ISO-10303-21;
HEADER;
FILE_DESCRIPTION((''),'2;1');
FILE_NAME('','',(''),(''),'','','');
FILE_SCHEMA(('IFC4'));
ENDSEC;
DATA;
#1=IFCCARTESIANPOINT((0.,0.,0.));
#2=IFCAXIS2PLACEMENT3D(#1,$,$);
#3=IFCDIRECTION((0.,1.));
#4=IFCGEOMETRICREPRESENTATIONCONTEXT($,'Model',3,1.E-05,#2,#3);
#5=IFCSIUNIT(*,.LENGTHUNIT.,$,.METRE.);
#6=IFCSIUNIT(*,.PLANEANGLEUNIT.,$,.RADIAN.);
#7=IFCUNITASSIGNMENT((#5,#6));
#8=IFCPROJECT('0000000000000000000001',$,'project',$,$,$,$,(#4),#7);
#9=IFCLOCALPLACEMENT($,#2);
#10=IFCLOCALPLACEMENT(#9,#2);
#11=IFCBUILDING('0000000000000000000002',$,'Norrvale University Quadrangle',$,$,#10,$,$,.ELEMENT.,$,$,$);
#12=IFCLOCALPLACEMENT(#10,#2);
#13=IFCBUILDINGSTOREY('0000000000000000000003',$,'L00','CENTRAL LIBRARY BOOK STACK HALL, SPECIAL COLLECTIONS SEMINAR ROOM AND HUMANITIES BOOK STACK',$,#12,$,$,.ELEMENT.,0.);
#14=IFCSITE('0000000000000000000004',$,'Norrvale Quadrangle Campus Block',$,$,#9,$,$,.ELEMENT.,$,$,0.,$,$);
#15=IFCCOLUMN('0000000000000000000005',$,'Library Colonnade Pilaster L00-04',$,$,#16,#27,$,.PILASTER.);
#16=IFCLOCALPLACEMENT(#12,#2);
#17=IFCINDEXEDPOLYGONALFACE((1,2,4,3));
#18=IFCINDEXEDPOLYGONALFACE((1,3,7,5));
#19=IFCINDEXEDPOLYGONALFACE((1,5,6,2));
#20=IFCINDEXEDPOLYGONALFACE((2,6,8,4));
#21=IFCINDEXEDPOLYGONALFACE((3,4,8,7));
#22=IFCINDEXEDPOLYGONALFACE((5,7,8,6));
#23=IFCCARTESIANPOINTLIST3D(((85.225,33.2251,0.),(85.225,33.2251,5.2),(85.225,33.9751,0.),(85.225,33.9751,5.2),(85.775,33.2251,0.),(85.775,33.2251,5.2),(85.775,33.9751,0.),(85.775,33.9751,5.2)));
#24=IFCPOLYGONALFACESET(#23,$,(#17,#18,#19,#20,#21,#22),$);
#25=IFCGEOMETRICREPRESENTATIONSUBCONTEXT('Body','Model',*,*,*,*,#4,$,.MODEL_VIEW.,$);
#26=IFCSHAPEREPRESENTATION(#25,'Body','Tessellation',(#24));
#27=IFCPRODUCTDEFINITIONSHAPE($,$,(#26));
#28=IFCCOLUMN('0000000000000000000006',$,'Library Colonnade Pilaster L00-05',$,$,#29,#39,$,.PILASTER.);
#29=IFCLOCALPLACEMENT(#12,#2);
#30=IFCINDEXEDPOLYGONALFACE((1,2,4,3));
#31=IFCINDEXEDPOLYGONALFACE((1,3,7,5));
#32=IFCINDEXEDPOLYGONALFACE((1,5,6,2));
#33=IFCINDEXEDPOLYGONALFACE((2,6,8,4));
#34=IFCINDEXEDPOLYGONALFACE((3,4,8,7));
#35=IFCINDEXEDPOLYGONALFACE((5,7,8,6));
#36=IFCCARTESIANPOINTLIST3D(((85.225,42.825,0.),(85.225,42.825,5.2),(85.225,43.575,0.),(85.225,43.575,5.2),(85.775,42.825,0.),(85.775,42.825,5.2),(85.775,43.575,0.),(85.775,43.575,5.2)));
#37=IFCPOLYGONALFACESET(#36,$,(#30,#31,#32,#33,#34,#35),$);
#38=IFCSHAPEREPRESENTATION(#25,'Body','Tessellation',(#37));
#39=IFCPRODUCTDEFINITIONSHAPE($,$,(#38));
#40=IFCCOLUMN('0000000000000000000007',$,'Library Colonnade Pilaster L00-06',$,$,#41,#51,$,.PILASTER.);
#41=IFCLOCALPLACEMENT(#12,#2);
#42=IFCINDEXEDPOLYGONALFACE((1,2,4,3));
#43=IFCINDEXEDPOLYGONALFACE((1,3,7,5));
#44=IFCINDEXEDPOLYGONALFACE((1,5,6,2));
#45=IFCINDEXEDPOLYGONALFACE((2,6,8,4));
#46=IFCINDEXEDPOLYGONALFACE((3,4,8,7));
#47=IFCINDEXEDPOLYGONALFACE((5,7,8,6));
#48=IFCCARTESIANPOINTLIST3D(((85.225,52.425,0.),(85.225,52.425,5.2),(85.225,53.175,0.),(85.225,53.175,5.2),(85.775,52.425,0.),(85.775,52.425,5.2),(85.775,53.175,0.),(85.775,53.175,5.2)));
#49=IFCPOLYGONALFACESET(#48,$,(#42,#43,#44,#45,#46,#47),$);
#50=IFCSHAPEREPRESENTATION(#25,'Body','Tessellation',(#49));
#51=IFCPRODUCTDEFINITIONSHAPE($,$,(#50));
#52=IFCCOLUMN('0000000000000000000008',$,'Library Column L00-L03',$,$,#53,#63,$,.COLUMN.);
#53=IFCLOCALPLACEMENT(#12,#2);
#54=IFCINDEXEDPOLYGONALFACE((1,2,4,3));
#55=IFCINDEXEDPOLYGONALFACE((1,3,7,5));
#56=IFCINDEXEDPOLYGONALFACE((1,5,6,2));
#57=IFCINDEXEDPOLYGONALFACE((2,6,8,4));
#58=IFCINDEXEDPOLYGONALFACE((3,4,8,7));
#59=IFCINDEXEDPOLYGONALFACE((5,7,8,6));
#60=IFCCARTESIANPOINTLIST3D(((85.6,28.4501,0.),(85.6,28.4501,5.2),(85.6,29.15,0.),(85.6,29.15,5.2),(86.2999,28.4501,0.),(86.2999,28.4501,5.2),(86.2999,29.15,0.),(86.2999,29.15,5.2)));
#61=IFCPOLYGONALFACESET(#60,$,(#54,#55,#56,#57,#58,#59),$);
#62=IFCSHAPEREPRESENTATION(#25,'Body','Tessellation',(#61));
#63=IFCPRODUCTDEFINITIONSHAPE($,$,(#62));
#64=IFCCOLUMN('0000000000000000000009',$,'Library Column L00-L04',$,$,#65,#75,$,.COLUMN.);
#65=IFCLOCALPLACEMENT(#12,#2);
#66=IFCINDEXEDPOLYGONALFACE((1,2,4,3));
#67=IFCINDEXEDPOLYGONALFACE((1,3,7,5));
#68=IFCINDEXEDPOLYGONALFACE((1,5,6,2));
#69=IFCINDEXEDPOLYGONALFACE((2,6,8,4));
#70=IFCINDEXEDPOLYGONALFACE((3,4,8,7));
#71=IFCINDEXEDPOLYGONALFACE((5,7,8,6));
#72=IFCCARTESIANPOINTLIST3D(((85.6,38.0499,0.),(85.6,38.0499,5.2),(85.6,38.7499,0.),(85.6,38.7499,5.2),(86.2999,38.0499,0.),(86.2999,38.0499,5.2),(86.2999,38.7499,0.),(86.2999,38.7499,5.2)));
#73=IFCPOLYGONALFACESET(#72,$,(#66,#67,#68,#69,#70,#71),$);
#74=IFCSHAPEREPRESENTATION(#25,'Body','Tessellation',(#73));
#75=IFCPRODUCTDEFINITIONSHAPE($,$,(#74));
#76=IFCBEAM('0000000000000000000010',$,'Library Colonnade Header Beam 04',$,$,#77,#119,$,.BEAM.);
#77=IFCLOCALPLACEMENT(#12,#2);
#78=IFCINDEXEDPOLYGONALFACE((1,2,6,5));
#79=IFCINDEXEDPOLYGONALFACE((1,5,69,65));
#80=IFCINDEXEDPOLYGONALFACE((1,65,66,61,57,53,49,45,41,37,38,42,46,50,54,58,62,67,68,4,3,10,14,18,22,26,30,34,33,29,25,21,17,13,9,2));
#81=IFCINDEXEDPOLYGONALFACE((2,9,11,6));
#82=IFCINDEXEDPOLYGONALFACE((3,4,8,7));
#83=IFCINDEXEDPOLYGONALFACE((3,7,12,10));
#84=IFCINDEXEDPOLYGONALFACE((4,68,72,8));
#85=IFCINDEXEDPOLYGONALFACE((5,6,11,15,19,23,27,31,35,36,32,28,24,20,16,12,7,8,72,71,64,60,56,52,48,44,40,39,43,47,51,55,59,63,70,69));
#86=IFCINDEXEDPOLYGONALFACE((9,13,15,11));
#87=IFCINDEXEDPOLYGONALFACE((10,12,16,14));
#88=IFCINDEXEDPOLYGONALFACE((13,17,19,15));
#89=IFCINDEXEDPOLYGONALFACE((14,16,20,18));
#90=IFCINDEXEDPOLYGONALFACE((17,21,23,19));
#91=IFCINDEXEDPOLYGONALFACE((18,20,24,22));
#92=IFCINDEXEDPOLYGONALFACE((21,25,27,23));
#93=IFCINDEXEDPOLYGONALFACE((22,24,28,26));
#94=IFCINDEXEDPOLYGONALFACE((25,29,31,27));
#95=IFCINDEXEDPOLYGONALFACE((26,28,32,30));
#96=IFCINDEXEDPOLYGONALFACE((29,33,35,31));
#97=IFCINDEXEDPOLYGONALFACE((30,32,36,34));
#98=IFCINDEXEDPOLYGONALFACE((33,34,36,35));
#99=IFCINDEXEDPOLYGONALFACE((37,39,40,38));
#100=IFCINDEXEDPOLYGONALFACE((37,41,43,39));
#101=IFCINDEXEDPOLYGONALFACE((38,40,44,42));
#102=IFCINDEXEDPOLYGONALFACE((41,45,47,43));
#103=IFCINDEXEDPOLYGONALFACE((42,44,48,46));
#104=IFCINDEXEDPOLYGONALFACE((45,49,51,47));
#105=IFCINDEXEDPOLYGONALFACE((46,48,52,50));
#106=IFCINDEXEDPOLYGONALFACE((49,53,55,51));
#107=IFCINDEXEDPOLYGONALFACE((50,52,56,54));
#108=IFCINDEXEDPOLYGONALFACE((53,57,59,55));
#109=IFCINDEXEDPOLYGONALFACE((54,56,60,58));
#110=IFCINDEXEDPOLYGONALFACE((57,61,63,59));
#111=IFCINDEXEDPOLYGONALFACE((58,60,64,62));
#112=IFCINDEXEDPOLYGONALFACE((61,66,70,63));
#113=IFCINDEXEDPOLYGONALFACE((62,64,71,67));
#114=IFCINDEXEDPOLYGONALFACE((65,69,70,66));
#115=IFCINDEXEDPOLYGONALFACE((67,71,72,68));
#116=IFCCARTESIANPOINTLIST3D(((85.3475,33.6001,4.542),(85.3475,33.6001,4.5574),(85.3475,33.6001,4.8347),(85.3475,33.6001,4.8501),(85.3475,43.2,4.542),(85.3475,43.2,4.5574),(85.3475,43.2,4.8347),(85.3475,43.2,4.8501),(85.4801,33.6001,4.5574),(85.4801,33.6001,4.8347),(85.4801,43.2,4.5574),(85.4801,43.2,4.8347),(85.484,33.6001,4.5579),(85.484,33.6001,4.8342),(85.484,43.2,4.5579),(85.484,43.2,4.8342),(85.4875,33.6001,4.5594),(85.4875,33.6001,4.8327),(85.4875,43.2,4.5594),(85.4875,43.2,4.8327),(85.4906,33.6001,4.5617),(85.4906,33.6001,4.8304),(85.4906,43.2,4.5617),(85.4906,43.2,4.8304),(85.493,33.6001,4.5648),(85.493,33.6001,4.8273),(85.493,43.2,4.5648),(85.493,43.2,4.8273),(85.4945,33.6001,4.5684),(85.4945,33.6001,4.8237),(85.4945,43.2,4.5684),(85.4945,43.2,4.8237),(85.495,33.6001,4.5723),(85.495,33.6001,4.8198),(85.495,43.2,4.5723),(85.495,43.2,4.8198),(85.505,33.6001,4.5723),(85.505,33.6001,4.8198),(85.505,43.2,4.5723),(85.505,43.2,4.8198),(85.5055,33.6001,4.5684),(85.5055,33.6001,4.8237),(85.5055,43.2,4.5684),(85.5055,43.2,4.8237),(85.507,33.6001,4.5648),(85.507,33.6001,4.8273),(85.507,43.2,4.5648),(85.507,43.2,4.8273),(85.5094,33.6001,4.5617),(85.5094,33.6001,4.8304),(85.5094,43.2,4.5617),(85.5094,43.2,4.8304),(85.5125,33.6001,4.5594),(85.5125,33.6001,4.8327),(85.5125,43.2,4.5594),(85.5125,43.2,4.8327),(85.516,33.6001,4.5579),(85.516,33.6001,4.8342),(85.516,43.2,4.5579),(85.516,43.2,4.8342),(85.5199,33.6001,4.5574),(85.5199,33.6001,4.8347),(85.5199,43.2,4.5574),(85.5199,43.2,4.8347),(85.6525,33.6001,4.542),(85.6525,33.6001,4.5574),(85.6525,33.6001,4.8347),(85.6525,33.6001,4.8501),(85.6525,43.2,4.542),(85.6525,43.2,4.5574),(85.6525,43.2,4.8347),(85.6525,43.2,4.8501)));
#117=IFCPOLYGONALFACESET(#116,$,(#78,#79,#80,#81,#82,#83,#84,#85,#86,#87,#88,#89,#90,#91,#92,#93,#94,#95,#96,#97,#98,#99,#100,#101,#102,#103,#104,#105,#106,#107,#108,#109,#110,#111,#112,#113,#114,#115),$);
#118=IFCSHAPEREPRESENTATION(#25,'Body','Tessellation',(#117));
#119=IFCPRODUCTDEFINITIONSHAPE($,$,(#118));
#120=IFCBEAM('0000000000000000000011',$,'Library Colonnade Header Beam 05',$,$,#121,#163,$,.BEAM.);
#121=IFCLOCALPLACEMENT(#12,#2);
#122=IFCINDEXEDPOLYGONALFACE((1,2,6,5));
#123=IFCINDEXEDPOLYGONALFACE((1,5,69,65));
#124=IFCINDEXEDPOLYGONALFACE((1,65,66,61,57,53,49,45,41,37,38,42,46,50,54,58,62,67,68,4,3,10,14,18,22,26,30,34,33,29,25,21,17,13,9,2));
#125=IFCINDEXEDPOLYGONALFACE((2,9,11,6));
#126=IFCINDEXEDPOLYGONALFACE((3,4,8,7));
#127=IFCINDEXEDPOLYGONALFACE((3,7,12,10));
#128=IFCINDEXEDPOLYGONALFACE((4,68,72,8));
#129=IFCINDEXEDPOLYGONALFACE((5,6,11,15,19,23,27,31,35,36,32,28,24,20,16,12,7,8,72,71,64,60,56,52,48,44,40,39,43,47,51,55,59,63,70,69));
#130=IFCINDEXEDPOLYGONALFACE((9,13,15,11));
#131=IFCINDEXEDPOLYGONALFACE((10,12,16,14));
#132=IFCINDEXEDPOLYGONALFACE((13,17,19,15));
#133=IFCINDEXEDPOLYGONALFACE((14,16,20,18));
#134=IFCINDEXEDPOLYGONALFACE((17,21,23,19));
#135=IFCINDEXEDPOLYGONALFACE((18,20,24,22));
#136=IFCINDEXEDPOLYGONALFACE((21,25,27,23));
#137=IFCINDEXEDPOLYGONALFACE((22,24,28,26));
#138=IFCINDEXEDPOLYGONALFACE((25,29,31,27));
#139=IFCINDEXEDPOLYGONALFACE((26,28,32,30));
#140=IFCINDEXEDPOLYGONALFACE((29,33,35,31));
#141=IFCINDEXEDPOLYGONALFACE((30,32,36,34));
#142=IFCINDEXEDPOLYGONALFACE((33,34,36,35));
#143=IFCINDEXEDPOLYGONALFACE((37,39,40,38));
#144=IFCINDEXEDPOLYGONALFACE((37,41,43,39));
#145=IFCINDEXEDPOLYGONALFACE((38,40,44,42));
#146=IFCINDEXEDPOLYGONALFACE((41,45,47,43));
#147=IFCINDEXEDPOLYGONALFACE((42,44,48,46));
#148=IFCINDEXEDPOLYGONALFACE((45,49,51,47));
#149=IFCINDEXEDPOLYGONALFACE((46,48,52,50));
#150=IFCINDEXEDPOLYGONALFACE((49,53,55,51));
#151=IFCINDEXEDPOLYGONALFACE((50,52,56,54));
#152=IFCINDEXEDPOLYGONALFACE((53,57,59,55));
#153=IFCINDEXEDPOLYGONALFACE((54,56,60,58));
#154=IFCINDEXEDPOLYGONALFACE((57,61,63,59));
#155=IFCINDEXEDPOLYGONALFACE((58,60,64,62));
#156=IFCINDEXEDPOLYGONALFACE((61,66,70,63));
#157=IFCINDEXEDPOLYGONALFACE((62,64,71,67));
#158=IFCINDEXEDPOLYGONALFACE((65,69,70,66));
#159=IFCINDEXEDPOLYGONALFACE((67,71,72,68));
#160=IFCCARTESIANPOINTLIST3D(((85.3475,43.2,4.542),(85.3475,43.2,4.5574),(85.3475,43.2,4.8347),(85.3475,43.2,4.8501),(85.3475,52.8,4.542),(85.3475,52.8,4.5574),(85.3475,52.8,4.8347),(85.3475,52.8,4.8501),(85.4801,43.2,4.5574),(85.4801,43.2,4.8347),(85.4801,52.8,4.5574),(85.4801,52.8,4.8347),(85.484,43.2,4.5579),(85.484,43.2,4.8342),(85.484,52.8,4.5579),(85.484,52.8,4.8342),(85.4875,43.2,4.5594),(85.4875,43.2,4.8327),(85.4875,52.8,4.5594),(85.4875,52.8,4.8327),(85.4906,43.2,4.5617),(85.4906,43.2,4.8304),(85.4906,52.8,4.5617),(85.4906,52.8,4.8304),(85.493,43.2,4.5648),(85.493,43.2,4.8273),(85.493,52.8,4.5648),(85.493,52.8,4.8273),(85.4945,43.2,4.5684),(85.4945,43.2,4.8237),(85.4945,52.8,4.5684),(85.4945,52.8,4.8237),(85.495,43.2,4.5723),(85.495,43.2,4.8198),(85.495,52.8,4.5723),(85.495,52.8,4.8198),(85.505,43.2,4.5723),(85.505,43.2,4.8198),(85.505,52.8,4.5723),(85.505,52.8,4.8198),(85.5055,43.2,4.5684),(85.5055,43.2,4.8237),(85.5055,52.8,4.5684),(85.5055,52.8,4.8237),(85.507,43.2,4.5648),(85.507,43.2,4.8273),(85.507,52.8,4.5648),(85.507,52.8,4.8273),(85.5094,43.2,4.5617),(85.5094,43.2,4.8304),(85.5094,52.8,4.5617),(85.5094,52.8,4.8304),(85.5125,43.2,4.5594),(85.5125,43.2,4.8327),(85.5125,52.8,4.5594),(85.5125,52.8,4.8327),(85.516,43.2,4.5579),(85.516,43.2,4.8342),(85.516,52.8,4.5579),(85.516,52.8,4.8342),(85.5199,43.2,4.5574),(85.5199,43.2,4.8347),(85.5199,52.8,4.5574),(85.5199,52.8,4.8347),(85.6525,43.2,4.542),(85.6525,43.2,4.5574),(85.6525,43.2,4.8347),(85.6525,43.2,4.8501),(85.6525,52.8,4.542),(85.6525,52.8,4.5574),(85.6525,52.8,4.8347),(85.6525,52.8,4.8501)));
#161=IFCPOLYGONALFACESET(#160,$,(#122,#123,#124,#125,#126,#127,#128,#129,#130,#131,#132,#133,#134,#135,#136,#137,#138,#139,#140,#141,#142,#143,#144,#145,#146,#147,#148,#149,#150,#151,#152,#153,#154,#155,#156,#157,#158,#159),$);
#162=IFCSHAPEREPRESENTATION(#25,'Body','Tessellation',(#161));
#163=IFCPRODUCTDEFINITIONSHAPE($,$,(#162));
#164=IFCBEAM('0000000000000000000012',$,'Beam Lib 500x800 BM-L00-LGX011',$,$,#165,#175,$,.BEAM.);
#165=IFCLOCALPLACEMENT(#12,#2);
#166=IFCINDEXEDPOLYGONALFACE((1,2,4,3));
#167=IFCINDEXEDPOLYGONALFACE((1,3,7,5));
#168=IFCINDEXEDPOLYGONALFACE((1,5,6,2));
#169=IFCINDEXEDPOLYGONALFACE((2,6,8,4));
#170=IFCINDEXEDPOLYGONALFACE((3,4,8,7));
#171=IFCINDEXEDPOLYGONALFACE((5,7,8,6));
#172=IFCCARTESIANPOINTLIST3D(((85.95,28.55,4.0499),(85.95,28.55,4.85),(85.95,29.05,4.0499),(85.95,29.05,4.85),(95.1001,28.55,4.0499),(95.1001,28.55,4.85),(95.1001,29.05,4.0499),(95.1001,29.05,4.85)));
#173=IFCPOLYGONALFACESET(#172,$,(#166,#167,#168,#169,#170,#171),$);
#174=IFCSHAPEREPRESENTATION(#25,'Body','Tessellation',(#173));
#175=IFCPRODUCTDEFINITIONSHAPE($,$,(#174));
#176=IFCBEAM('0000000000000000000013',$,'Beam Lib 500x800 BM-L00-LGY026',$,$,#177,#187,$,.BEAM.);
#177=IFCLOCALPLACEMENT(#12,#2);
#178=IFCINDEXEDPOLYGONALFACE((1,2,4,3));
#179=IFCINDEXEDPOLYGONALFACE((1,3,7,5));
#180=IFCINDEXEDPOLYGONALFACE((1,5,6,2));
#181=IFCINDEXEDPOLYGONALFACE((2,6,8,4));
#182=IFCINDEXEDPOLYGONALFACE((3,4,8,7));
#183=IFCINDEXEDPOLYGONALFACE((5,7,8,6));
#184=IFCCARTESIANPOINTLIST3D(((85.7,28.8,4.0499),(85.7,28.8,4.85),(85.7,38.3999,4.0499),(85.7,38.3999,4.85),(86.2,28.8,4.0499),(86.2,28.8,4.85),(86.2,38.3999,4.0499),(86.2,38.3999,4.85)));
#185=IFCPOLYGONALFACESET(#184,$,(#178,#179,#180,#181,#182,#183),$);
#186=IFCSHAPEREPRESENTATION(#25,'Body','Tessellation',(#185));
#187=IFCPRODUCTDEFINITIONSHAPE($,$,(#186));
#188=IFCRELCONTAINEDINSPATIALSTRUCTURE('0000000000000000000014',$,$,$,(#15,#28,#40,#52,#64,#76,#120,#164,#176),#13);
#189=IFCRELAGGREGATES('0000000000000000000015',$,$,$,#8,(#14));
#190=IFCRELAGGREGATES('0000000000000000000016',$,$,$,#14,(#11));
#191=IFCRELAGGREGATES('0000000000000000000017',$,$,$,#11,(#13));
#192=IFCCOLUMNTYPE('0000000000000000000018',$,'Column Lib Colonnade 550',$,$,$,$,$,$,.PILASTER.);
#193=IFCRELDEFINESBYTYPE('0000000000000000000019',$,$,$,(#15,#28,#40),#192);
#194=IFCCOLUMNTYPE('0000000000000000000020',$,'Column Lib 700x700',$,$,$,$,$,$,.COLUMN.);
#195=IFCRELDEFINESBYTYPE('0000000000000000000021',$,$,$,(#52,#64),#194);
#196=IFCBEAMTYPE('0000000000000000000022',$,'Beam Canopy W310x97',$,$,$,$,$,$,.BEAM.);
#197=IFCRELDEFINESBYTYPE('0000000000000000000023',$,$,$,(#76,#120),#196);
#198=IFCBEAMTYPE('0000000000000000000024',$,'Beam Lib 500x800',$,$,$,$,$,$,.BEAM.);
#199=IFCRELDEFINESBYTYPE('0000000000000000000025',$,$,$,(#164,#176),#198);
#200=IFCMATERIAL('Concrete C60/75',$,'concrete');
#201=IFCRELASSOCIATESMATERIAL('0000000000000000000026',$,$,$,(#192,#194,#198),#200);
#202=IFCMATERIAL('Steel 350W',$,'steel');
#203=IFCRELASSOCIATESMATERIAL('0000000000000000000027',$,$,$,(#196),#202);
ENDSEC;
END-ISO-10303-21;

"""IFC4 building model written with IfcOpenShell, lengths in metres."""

from ifc_helpers import new_model, si_unit, direction, frame, origin, origin_2d, place, context, subcontext, project, spatial, rectangle, i_section, extrude, material, material_profile, profile_set, type_object, element, save


model = new_model("IFC4")

# Units and contexts
model_context = context("Model", 3, precision=1e-05, world=origin(), true_north=direction((0.0, 1.0)))
body_context = subcontext(model_context, "Body", "Model", "MODEL_VIEW")
ifc_project = project(units=[si_unit("LENGTHUNIT", "METRE"), si_unit("PLANEANGLEUNIT", "RADIAN")], contexts=[model_context])

# Site, building, storey
site_placement = place(None, origin())
site = spatial("IfcSite", under=ifc_project, at=site_placement, Name="Norrvale Quadrangle Campus Block", CompositionType="ELEMENT", RefElevation=0.0)
building_placement = place(site_placement, origin())
building = spatial("IfcBuilding", under=site, at=building_placement, Name="Norrvale University Quadrangle", CompositionType="ELEMENT")
storey_placement = place(building_placement, origin())
storey = spatial("IfcBuildingStorey", under=building, at=storey_placement, Name="L00", Description="CENTRAL LIBRARY BOOK STACK HALL, SPECIAL COLLECTIONS SEMINAR ROOM AND HUMANITIES BOOK STACK", CompositionType="ELEMENT", Elevation=0.0)

# Columns
ifc_material_1 = material(Name="Concrete C60/75", Category="concrete")
ifc_material_profile_1 = material_profile(ifc_material_1, rectangle(XDim=0.55, YDim=0.75, at=origin_2d()), Name="Concrete C60/75")
ifc_profile_set_1 = profile_set([ifc_material_profile_1], Name="Concrete C60/75")
column_type_1 = type_object("IfcColumnType", Name="Column Lib Colonnade 550", PredefinedType="PILASTER", material=ifc_profile_set_1)
for number, where, z_axis, x_axis, name in (
    (1, (85.5, 33.6001, 0.0), (0.0, 0.0, 1.0), (1.0, 0.0, 0.0), "Library Colonnade Pilaster L00-04"),
    (2, (85.5, 43.2, 0.0), (0.0, 0.0, 1.0), (1.0, 0.0, 0.0), "Library Colonnade Pilaster L00-05"),
    (3, (85.5, 52.8, 0.0), (0.0, 0.0, 1.0), (1.0, 0.0, 0.0), "Library Colonnade Pilaster L00-06"),
):
    element("IfcColumn", number, at=place(storey_placement, frame(where, z_axis=z_axis, x_axis=x_axis)), inside=storey, type_object=column_type_1, Name=name, PredefinedType="PILASTER", context=body_context, shape_type="SweptSolid", body=[
        extrude(rectangle(XDim=0.55, YDim=0.75, at=origin_2d()), origin(), (0.0, 0.0, 1.0), 5.2),
    ])
ifc_material_profile_2 = material_profile(ifc_material_1, rectangle(XDim=0.7, YDim=0.7, at=origin_2d()), Name="Concrete C60/75")
ifc_profile_set_2 = profile_set([ifc_material_profile_2], Name="Concrete C60/75")
column_type_2 = type_object("IfcColumnType", Name="Column Lib 700x700", PredefinedType="COLUMN", material=ifc_profile_set_2)
for number, where, z_axis, x_axis, name in (
    (4, (85.95, 28.8, 0.0), (0.0, 0.0, 1.0), (1.0, 0.0, 0.0), "Library Column L00-L03"),
    (5, (85.95, 38.3999, 0.0), (0.0, 0.0, 1.0), (1.0, 0.0, 0.0), "Library Column L00-L04"),
):
    element("IfcColumn", number, at=place(storey_placement, frame(where, z_axis=z_axis, x_axis=x_axis)), inside=storey, type_object=column_type_2, Name=name, PredefinedType="COLUMN", context=body_context, shape_type="SweptSolid", body=[
        extrude(rectangle(XDim=0.7, YDim=0.7, at=origin_2d()), origin(), (0.0, 0.0, 1.0), 5.2),
    ])

# Beams
ifc_material_2 = material(Name="Steel 350W", Category="steel")
ifc_material_profile_3 = material_profile(ifc_material_2, i_section(OverallWidth=0.3049, OverallDepth=0.3081, WebThickness=0.01, FlangeThickness=0.0154, FilletRadius=0.0149, at=origin_2d()), Name="Steel 350W")
ifc_profile_set_3 = profile_set([ifc_material_profile_3], Name="Steel 350W")
beam_type_1 = type_object("IfcBeamType", Name="Beam Canopy W310x97", PredefinedType="BEAM", material=ifc_profile_set_3)
beam_1_placement = place(storey_placement, frame((85.5, 33.6001, 4.696), z_axis=(0.0, 1.0, 0.0), x_axis=(-1.0, 0.0, 0.0)))
element("IfcBeam", 6, at=beam_1_placement, inside=storey, type_object=beam_type_1, Name="Library Colonnade Header Beam 04", PredefinedType="BEAM", context=body_context, shape_type="SweptSolid", body=[
    extrude(i_section(OverallWidth=0.3049, OverallDepth=0.3081, WebThickness=0.01, FlangeThickness=0.0154, FilletRadius=0.0149, at=origin_2d()), origin(), (0.0, 0.0, 1.0), 9.5999),
])
beam_2_placement = place(storey_placement, frame((85.5, 43.2, 4.696), z_axis=(0.0, 1.0, 0.0), x_axis=(-1.0, 0.0, 0.0)))
element("IfcBeam", 7, at=beam_2_placement, inside=storey, type_object=beam_type_1, Name="Library Colonnade Header Beam 05", PredefinedType="BEAM", context=body_context, shape_type="SweptSolid", body=[
    extrude(i_section(OverallWidth=0.3049, OverallDepth=0.3081, WebThickness=0.01, FlangeThickness=0.0154, FilletRadius=0.0149, at=origin_2d()), origin(), (0.0, 0.0, 1.0), 9.6001),
])
ifc_material_profile_4 = material_profile(ifc_material_1, rectangle(XDim=0.5, YDim=0.8, at=origin_2d()), Name="Concrete C60/75")
ifc_profile_set_4 = profile_set([ifc_material_profile_4], Name="Concrete C60/75")
beam_type_2 = type_object("IfcBeamType", Name="Beam Lib 500x800", PredefinedType="BEAM", material=ifc_profile_set_4)
beam_3_placement = place(storey_placement, frame((85.95, 28.8, 4.45), z_axis=(1.0, 0.0, 0.0), x_axis=(0.0, 1.0, 0.0)))
element("IfcBeam", 8, at=beam_3_placement, inside=storey, type_object=beam_type_2, Name="Beam Lib 500x800 BM-L00-LGX011", PredefinedType="BEAM", context=body_context, shape_type="SweptSolid", body=[
    extrude(rectangle(XDim=0.5, YDim=0.8, at=origin_2d()), origin(), (0.0, 0.0, 1.0), 9.1501),
])
beam_4_placement = place(storey_placement, frame((85.95, 28.8, 4.45), z_axis=(0.0, 1.0, 0.0), x_axis=(-1.0, 0.0, 0.0)))
element("IfcBeam", 9, at=beam_4_placement, inside=storey, type_object=beam_type_2, Name="Beam Lib 500x800 BM-L00-LGY026", PredefinedType="BEAM", context=body_context, shape_type="SweptSolid", body=[
    extrude(rectangle(XDim=0.5, YDim=0.8, at=origin_2d()), origin(), (0.0, 0.0, 1.0), 9.5999),
])

save(model, "model.ifc")
